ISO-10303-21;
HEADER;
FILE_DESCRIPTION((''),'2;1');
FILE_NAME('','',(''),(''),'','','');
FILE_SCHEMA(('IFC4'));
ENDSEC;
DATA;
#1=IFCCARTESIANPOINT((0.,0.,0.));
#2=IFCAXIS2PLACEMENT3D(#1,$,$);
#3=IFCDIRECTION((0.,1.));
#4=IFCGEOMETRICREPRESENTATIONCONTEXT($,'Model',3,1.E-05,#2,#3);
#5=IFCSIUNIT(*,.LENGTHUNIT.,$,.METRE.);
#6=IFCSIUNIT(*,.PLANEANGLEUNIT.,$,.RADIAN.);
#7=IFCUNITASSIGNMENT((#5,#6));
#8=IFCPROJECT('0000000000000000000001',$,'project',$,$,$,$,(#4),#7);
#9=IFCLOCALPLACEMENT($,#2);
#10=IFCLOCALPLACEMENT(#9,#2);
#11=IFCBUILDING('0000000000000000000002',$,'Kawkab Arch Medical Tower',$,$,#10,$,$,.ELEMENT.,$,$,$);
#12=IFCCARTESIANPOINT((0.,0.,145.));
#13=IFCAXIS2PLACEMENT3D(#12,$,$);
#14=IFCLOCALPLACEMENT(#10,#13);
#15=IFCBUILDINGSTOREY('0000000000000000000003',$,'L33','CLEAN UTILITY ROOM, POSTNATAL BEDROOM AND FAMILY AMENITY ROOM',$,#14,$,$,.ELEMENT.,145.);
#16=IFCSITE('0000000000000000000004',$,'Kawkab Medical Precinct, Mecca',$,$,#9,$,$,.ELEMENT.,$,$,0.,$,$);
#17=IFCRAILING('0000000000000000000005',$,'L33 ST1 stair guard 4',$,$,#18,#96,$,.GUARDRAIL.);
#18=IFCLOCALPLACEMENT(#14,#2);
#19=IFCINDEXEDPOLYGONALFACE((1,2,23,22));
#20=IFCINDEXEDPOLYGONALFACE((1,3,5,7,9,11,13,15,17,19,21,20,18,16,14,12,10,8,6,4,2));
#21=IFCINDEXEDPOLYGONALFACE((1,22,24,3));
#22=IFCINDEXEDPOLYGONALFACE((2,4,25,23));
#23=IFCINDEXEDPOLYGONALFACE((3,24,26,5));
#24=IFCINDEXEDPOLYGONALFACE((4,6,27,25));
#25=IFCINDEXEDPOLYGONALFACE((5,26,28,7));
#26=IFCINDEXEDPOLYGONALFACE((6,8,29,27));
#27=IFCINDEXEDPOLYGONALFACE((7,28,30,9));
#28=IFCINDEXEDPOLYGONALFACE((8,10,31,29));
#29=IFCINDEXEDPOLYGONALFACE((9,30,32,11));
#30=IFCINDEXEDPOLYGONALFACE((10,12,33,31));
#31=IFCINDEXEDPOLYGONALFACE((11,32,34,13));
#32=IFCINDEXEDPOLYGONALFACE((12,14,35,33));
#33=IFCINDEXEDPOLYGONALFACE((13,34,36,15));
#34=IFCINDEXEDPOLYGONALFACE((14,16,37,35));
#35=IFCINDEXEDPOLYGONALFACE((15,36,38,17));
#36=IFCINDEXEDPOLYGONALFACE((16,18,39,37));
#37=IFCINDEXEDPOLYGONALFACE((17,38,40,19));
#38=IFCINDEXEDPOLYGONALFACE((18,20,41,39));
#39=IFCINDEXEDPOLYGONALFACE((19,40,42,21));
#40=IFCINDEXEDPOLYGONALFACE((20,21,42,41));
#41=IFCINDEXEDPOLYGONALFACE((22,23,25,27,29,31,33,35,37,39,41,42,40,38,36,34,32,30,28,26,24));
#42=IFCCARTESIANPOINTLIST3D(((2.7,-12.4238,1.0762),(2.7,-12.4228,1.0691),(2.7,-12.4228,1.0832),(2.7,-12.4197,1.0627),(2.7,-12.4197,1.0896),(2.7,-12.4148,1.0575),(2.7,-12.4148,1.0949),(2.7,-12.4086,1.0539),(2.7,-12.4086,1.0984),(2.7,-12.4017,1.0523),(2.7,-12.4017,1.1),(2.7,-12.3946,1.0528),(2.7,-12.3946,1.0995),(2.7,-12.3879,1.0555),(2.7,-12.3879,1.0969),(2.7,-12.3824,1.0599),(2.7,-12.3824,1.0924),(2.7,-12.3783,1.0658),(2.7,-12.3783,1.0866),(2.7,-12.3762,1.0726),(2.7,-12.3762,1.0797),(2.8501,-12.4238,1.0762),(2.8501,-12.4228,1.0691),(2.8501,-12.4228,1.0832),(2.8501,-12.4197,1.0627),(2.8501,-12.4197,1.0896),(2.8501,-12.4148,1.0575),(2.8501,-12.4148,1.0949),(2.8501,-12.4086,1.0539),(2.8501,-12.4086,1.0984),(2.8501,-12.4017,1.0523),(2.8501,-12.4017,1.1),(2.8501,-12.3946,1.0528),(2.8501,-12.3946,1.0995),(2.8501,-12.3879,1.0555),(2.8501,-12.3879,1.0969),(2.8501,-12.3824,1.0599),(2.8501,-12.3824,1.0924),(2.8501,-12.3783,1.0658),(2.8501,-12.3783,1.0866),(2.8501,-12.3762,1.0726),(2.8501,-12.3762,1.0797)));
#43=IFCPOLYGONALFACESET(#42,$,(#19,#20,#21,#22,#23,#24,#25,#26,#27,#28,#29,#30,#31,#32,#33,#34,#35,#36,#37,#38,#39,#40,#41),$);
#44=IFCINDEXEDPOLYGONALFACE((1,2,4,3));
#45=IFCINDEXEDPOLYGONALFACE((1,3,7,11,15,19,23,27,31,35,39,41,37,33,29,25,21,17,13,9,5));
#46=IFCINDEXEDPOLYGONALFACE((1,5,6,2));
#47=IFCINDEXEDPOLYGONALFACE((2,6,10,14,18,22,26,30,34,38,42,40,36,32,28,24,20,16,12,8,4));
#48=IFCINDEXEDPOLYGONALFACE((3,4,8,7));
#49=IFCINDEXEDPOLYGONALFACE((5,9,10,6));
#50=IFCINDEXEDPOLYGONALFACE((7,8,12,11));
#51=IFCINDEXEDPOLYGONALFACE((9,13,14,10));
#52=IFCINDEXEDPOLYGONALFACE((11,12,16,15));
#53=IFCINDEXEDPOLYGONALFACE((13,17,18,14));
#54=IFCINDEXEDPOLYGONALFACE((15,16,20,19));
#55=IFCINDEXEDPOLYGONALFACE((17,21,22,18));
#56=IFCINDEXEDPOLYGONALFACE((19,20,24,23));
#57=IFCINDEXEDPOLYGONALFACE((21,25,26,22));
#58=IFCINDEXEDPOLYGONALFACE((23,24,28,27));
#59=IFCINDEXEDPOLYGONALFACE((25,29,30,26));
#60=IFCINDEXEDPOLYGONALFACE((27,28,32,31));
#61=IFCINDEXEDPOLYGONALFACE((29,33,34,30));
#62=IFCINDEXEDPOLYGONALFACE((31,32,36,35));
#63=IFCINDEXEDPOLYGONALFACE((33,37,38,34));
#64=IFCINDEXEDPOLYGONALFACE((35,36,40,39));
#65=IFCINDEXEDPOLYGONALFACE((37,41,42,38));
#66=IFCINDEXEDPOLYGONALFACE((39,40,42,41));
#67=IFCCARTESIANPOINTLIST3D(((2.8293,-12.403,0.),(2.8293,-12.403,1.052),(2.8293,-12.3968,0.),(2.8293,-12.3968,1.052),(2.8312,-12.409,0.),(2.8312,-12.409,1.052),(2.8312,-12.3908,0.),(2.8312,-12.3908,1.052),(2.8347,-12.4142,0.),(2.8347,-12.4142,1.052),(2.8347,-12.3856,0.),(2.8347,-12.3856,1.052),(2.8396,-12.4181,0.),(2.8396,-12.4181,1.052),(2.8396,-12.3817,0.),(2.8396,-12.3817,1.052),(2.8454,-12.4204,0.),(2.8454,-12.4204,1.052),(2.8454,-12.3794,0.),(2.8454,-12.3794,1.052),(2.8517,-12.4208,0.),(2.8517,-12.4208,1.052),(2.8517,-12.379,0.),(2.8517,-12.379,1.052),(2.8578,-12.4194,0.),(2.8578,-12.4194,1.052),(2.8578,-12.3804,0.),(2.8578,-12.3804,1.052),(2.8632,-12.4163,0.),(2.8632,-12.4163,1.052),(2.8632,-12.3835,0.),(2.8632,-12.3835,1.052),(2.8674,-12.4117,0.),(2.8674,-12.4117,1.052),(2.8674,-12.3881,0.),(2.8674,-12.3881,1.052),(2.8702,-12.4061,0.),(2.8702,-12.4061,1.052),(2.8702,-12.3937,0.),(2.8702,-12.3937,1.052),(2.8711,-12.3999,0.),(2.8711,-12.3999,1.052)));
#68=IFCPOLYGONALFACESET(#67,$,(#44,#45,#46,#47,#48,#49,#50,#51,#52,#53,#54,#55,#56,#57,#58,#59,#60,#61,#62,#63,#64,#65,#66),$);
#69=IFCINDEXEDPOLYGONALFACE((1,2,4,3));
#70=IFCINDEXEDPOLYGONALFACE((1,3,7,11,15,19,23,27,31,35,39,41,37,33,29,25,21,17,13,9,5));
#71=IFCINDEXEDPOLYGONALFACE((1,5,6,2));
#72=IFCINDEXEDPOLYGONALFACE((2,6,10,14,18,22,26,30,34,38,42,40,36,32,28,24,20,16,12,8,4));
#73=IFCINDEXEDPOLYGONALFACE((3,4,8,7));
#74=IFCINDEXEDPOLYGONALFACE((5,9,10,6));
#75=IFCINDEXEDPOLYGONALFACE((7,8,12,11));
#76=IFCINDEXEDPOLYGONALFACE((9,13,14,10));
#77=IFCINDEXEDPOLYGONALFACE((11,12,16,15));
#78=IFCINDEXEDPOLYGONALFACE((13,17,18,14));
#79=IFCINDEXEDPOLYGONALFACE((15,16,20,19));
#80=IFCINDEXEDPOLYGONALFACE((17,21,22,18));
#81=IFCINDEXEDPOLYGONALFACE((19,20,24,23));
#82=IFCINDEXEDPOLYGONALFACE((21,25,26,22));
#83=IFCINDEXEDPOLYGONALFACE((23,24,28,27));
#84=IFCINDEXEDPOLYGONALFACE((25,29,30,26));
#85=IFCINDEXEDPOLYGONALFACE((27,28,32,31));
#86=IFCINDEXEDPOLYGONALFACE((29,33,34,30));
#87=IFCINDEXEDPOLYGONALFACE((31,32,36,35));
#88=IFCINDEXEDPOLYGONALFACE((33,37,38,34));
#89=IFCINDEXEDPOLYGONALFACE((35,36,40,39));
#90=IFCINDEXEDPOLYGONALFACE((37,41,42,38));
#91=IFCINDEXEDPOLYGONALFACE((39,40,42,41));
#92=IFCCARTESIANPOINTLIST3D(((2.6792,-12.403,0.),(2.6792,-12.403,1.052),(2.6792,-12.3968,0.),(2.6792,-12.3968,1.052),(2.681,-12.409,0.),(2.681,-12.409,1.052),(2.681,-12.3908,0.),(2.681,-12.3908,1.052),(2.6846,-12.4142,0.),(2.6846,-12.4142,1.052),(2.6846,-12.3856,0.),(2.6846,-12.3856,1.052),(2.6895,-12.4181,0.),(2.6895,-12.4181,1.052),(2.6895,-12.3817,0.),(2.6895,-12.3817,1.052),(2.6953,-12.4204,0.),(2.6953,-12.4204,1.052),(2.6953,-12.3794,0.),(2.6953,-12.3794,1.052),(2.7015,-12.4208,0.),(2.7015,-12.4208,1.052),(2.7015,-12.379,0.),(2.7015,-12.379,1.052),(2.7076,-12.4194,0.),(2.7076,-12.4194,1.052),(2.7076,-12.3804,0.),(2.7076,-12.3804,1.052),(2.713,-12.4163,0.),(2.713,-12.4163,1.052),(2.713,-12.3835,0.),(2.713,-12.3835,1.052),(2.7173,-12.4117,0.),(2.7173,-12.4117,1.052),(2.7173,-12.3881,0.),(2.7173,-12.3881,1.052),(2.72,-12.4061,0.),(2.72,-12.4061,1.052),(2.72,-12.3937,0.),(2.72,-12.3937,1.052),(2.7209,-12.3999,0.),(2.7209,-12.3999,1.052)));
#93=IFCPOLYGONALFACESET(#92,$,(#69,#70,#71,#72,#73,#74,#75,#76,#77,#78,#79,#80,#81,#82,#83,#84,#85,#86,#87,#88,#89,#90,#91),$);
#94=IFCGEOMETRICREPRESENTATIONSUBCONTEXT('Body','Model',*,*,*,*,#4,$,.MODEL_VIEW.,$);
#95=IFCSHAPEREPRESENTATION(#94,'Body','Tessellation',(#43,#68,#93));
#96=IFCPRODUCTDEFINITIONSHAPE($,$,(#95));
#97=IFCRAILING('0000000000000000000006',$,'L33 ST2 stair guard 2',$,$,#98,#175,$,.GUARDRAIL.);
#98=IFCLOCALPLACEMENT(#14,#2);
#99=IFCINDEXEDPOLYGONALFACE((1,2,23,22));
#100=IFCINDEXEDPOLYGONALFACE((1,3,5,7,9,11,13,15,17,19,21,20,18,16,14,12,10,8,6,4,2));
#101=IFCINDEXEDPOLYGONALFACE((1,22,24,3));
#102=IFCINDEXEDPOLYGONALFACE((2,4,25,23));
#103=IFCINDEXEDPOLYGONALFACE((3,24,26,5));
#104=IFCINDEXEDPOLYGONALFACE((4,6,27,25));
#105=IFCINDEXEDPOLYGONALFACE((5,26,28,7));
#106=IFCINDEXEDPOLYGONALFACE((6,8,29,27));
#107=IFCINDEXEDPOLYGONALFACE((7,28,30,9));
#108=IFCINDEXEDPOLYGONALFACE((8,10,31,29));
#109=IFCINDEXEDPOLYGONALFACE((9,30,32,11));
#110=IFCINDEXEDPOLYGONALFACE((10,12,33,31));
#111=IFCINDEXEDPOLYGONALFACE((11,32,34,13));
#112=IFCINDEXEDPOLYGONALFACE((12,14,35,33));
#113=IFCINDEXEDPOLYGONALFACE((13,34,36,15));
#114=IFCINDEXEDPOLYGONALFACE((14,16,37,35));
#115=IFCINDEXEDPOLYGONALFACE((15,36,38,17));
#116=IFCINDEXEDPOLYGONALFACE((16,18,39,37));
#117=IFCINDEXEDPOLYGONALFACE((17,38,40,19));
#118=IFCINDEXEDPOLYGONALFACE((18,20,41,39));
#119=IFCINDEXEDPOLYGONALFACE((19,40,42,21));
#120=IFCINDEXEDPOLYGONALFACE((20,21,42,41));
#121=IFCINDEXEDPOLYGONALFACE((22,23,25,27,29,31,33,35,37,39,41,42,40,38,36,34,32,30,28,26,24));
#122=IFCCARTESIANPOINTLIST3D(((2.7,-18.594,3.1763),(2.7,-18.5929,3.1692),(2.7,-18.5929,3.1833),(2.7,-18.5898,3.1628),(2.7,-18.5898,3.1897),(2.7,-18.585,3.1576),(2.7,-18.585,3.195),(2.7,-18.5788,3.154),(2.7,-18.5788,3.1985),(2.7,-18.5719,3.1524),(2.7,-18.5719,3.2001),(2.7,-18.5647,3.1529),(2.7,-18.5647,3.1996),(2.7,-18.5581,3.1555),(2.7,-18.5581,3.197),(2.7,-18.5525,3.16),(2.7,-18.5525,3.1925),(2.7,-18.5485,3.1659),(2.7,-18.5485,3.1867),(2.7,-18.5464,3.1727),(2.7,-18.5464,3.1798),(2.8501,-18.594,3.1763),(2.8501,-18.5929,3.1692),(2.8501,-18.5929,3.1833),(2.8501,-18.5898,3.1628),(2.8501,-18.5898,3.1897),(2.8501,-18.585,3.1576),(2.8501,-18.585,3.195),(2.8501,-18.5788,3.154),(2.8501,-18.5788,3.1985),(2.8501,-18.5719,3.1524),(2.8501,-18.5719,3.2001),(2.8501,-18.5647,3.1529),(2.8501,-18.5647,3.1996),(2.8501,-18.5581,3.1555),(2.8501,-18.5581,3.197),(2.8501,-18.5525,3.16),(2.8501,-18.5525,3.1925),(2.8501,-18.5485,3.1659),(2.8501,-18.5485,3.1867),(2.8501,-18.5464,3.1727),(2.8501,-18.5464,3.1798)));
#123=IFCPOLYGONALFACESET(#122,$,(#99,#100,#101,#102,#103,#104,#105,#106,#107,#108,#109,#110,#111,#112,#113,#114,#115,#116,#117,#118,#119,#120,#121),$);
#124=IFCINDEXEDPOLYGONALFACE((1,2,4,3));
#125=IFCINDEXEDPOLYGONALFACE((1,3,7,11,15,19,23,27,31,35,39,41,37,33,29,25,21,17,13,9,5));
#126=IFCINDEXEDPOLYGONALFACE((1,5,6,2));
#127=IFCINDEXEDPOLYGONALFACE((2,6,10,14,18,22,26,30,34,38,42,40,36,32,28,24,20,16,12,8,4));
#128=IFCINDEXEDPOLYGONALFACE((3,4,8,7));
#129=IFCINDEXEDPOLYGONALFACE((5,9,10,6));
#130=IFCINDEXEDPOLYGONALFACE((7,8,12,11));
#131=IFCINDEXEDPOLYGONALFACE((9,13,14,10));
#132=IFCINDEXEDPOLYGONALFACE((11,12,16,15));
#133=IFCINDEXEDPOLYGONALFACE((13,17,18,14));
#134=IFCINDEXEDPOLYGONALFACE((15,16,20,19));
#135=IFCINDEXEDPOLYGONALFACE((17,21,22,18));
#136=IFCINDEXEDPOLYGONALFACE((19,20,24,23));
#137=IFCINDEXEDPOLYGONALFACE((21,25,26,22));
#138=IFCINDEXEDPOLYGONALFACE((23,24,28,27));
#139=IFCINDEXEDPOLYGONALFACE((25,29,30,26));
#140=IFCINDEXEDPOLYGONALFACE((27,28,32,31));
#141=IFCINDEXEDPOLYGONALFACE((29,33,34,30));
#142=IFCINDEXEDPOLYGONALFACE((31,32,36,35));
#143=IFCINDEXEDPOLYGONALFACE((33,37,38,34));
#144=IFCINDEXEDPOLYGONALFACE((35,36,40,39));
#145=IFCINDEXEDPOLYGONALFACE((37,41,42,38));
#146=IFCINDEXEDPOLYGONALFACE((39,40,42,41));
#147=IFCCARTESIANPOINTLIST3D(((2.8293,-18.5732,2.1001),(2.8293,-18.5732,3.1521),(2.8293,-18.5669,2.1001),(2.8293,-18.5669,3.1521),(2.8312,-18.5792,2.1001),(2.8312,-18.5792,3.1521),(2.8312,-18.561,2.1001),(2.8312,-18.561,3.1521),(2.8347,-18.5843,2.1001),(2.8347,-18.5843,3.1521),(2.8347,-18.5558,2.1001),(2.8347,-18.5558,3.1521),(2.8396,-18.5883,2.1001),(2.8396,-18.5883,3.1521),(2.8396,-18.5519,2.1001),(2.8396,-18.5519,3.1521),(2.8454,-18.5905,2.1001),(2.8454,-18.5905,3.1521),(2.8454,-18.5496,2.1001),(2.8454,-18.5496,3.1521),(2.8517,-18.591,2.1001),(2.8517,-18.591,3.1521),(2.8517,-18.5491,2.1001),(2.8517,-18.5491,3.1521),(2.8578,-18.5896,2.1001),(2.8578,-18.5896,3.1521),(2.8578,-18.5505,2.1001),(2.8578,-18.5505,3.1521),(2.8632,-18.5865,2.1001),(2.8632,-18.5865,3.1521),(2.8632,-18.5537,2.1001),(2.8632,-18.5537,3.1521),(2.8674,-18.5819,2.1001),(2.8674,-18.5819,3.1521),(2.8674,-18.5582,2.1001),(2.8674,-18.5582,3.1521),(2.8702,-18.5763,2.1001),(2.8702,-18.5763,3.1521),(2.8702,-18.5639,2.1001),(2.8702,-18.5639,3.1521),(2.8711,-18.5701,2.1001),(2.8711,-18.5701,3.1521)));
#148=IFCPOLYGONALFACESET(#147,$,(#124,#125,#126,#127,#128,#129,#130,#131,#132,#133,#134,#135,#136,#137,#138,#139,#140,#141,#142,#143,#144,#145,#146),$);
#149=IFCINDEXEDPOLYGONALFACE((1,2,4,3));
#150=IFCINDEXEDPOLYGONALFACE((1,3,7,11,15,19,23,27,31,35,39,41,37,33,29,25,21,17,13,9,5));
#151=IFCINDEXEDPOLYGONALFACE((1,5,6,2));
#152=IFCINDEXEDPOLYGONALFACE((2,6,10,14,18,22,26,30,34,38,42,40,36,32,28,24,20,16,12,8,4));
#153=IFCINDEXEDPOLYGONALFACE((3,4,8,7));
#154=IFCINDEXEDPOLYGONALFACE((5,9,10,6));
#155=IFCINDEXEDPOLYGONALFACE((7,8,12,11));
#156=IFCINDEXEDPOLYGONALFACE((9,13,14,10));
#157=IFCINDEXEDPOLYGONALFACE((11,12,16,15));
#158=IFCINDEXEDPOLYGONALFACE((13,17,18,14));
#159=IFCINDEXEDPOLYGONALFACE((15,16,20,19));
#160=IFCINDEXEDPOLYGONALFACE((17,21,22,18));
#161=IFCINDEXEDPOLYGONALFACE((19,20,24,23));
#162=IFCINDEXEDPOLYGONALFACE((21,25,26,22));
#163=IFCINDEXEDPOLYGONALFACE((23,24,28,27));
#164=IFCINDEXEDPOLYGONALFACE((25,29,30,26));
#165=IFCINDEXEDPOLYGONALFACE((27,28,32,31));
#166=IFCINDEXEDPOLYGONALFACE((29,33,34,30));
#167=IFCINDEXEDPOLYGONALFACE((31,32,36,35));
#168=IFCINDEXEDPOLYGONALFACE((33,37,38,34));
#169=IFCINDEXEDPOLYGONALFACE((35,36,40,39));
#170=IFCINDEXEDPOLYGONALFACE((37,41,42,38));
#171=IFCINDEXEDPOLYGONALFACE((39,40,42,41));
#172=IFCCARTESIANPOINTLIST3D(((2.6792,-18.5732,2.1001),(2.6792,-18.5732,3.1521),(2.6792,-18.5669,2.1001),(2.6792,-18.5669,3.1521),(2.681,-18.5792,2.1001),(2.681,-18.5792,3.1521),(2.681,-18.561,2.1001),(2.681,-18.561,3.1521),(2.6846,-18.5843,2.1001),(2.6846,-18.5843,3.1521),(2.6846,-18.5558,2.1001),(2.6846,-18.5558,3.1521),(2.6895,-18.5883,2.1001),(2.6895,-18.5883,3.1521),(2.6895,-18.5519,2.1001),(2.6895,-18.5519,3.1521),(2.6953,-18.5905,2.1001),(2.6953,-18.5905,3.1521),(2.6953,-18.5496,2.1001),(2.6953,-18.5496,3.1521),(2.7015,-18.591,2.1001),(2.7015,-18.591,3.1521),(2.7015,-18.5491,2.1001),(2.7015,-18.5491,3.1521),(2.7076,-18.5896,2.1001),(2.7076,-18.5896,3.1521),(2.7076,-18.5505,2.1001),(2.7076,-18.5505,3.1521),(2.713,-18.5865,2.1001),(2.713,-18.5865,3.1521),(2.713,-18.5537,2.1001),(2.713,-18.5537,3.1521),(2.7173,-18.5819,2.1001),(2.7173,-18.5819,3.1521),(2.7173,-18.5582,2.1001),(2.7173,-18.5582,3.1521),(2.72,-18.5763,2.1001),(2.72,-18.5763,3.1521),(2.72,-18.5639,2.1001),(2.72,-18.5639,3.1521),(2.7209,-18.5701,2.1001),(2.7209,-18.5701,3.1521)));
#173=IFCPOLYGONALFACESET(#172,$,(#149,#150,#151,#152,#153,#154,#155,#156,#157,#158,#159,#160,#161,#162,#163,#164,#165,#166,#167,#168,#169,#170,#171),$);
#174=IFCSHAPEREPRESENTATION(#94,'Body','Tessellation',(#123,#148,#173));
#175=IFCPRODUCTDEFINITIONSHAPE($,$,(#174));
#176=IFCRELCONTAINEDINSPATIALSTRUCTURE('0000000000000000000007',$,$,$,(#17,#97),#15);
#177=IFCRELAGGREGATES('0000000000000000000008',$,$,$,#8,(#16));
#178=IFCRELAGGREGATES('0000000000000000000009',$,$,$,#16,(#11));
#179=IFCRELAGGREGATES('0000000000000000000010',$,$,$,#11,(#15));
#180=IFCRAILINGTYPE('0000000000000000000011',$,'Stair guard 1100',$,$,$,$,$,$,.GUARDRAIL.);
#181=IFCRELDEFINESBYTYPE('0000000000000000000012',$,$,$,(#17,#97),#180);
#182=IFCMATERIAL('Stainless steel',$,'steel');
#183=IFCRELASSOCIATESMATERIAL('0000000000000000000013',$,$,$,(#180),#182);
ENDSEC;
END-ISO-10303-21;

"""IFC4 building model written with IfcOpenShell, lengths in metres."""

from ifc_helpers import new_model, si_unit, direction, frame, origin, origin_2d, place, context, subcontext, project, spatial, circle, extrude, material, type_object, element, save


model = new_model("IFC4")

# Units and contexts
model_context = context("Model", 3, precision=1e-05, world=origin(), true_north=direction((0.0, 1.0)))
body_context = subcontext(model_context, "Body", "Model", "MODEL_VIEW")
ifc_project = project(units=[si_unit("LENGTHUNIT", "METRE"), si_unit("PLANEANGLEUNIT", "RADIAN")], contexts=[model_context])

# Site, building, storey
site_placement = place(None, origin())
site = spatial("IfcSite", under=ifc_project, at=site_placement, Name="Kawkab Medical Precinct, Mecca", CompositionType="ELEMENT", RefElevation=0.0)
building_placement = place(site_placement, origin())
building = spatial("IfcBuilding", under=site, at=building_placement, Name="Kawkab Arch Medical Tower", CompositionType="ELEMENT")
storey_placement = place(building_placement, frame((0.0, 0.0, 145.0)))
storey = spatial("IfcBuildingStorey", under=building, at=storey_placement, Name="L33", Description="CLEAN UTILITY ROOM, POSTNATAL BEDROOM AND FAMILY AMENITY ROOM", CompositionType="ELEMENT", Elevation=145.0)

# Railings
ifc_material_1 = material(Name="Stainless steel", Category="steel")
railing_type_1 = type_object("IfcRailingType", Name="Stair guard 1100", PredefinedType="GUARDRAIL", material=ifc_material_1)
for number, where, name in (
    (1, (2.8501, -12.3999, 0.0), "L33 ST1 stair guard 4"),
    (2, (2.8501, -18.5701, 2.1001), "L33 ST2 stair guard 2"),
):
    element("IfcRailing", number, at=place(storey_placement, frame(where)), inside=storey, type_object=railing_type_1, Name=name, PredefinedType="GUARDRAIL", context=body_context, shape_type="SweptSolid", body=[
        extrude(circle(Radius=0.0239, at=origin_2d()), frame((0.0, 0.0, 1.0762), z_axis=(-1.0, 0.0, 0.0), x_axis=(0.0, -1.0, 0.0)), (0.0, 0.0, 1.0), 0.1501),
        extrude(circle(Radius=0.021, at=origin_2d()), origin(), (0.0, 0.0, 1.0), 1.052),
        extrude(circle(Radius=0.021, at=origin_2d()), frame((-0.1501, 0.0, 0.0)), (0.0, 0.0, 1.0), 1.052),
    ])

save(model, "model.ifc")
